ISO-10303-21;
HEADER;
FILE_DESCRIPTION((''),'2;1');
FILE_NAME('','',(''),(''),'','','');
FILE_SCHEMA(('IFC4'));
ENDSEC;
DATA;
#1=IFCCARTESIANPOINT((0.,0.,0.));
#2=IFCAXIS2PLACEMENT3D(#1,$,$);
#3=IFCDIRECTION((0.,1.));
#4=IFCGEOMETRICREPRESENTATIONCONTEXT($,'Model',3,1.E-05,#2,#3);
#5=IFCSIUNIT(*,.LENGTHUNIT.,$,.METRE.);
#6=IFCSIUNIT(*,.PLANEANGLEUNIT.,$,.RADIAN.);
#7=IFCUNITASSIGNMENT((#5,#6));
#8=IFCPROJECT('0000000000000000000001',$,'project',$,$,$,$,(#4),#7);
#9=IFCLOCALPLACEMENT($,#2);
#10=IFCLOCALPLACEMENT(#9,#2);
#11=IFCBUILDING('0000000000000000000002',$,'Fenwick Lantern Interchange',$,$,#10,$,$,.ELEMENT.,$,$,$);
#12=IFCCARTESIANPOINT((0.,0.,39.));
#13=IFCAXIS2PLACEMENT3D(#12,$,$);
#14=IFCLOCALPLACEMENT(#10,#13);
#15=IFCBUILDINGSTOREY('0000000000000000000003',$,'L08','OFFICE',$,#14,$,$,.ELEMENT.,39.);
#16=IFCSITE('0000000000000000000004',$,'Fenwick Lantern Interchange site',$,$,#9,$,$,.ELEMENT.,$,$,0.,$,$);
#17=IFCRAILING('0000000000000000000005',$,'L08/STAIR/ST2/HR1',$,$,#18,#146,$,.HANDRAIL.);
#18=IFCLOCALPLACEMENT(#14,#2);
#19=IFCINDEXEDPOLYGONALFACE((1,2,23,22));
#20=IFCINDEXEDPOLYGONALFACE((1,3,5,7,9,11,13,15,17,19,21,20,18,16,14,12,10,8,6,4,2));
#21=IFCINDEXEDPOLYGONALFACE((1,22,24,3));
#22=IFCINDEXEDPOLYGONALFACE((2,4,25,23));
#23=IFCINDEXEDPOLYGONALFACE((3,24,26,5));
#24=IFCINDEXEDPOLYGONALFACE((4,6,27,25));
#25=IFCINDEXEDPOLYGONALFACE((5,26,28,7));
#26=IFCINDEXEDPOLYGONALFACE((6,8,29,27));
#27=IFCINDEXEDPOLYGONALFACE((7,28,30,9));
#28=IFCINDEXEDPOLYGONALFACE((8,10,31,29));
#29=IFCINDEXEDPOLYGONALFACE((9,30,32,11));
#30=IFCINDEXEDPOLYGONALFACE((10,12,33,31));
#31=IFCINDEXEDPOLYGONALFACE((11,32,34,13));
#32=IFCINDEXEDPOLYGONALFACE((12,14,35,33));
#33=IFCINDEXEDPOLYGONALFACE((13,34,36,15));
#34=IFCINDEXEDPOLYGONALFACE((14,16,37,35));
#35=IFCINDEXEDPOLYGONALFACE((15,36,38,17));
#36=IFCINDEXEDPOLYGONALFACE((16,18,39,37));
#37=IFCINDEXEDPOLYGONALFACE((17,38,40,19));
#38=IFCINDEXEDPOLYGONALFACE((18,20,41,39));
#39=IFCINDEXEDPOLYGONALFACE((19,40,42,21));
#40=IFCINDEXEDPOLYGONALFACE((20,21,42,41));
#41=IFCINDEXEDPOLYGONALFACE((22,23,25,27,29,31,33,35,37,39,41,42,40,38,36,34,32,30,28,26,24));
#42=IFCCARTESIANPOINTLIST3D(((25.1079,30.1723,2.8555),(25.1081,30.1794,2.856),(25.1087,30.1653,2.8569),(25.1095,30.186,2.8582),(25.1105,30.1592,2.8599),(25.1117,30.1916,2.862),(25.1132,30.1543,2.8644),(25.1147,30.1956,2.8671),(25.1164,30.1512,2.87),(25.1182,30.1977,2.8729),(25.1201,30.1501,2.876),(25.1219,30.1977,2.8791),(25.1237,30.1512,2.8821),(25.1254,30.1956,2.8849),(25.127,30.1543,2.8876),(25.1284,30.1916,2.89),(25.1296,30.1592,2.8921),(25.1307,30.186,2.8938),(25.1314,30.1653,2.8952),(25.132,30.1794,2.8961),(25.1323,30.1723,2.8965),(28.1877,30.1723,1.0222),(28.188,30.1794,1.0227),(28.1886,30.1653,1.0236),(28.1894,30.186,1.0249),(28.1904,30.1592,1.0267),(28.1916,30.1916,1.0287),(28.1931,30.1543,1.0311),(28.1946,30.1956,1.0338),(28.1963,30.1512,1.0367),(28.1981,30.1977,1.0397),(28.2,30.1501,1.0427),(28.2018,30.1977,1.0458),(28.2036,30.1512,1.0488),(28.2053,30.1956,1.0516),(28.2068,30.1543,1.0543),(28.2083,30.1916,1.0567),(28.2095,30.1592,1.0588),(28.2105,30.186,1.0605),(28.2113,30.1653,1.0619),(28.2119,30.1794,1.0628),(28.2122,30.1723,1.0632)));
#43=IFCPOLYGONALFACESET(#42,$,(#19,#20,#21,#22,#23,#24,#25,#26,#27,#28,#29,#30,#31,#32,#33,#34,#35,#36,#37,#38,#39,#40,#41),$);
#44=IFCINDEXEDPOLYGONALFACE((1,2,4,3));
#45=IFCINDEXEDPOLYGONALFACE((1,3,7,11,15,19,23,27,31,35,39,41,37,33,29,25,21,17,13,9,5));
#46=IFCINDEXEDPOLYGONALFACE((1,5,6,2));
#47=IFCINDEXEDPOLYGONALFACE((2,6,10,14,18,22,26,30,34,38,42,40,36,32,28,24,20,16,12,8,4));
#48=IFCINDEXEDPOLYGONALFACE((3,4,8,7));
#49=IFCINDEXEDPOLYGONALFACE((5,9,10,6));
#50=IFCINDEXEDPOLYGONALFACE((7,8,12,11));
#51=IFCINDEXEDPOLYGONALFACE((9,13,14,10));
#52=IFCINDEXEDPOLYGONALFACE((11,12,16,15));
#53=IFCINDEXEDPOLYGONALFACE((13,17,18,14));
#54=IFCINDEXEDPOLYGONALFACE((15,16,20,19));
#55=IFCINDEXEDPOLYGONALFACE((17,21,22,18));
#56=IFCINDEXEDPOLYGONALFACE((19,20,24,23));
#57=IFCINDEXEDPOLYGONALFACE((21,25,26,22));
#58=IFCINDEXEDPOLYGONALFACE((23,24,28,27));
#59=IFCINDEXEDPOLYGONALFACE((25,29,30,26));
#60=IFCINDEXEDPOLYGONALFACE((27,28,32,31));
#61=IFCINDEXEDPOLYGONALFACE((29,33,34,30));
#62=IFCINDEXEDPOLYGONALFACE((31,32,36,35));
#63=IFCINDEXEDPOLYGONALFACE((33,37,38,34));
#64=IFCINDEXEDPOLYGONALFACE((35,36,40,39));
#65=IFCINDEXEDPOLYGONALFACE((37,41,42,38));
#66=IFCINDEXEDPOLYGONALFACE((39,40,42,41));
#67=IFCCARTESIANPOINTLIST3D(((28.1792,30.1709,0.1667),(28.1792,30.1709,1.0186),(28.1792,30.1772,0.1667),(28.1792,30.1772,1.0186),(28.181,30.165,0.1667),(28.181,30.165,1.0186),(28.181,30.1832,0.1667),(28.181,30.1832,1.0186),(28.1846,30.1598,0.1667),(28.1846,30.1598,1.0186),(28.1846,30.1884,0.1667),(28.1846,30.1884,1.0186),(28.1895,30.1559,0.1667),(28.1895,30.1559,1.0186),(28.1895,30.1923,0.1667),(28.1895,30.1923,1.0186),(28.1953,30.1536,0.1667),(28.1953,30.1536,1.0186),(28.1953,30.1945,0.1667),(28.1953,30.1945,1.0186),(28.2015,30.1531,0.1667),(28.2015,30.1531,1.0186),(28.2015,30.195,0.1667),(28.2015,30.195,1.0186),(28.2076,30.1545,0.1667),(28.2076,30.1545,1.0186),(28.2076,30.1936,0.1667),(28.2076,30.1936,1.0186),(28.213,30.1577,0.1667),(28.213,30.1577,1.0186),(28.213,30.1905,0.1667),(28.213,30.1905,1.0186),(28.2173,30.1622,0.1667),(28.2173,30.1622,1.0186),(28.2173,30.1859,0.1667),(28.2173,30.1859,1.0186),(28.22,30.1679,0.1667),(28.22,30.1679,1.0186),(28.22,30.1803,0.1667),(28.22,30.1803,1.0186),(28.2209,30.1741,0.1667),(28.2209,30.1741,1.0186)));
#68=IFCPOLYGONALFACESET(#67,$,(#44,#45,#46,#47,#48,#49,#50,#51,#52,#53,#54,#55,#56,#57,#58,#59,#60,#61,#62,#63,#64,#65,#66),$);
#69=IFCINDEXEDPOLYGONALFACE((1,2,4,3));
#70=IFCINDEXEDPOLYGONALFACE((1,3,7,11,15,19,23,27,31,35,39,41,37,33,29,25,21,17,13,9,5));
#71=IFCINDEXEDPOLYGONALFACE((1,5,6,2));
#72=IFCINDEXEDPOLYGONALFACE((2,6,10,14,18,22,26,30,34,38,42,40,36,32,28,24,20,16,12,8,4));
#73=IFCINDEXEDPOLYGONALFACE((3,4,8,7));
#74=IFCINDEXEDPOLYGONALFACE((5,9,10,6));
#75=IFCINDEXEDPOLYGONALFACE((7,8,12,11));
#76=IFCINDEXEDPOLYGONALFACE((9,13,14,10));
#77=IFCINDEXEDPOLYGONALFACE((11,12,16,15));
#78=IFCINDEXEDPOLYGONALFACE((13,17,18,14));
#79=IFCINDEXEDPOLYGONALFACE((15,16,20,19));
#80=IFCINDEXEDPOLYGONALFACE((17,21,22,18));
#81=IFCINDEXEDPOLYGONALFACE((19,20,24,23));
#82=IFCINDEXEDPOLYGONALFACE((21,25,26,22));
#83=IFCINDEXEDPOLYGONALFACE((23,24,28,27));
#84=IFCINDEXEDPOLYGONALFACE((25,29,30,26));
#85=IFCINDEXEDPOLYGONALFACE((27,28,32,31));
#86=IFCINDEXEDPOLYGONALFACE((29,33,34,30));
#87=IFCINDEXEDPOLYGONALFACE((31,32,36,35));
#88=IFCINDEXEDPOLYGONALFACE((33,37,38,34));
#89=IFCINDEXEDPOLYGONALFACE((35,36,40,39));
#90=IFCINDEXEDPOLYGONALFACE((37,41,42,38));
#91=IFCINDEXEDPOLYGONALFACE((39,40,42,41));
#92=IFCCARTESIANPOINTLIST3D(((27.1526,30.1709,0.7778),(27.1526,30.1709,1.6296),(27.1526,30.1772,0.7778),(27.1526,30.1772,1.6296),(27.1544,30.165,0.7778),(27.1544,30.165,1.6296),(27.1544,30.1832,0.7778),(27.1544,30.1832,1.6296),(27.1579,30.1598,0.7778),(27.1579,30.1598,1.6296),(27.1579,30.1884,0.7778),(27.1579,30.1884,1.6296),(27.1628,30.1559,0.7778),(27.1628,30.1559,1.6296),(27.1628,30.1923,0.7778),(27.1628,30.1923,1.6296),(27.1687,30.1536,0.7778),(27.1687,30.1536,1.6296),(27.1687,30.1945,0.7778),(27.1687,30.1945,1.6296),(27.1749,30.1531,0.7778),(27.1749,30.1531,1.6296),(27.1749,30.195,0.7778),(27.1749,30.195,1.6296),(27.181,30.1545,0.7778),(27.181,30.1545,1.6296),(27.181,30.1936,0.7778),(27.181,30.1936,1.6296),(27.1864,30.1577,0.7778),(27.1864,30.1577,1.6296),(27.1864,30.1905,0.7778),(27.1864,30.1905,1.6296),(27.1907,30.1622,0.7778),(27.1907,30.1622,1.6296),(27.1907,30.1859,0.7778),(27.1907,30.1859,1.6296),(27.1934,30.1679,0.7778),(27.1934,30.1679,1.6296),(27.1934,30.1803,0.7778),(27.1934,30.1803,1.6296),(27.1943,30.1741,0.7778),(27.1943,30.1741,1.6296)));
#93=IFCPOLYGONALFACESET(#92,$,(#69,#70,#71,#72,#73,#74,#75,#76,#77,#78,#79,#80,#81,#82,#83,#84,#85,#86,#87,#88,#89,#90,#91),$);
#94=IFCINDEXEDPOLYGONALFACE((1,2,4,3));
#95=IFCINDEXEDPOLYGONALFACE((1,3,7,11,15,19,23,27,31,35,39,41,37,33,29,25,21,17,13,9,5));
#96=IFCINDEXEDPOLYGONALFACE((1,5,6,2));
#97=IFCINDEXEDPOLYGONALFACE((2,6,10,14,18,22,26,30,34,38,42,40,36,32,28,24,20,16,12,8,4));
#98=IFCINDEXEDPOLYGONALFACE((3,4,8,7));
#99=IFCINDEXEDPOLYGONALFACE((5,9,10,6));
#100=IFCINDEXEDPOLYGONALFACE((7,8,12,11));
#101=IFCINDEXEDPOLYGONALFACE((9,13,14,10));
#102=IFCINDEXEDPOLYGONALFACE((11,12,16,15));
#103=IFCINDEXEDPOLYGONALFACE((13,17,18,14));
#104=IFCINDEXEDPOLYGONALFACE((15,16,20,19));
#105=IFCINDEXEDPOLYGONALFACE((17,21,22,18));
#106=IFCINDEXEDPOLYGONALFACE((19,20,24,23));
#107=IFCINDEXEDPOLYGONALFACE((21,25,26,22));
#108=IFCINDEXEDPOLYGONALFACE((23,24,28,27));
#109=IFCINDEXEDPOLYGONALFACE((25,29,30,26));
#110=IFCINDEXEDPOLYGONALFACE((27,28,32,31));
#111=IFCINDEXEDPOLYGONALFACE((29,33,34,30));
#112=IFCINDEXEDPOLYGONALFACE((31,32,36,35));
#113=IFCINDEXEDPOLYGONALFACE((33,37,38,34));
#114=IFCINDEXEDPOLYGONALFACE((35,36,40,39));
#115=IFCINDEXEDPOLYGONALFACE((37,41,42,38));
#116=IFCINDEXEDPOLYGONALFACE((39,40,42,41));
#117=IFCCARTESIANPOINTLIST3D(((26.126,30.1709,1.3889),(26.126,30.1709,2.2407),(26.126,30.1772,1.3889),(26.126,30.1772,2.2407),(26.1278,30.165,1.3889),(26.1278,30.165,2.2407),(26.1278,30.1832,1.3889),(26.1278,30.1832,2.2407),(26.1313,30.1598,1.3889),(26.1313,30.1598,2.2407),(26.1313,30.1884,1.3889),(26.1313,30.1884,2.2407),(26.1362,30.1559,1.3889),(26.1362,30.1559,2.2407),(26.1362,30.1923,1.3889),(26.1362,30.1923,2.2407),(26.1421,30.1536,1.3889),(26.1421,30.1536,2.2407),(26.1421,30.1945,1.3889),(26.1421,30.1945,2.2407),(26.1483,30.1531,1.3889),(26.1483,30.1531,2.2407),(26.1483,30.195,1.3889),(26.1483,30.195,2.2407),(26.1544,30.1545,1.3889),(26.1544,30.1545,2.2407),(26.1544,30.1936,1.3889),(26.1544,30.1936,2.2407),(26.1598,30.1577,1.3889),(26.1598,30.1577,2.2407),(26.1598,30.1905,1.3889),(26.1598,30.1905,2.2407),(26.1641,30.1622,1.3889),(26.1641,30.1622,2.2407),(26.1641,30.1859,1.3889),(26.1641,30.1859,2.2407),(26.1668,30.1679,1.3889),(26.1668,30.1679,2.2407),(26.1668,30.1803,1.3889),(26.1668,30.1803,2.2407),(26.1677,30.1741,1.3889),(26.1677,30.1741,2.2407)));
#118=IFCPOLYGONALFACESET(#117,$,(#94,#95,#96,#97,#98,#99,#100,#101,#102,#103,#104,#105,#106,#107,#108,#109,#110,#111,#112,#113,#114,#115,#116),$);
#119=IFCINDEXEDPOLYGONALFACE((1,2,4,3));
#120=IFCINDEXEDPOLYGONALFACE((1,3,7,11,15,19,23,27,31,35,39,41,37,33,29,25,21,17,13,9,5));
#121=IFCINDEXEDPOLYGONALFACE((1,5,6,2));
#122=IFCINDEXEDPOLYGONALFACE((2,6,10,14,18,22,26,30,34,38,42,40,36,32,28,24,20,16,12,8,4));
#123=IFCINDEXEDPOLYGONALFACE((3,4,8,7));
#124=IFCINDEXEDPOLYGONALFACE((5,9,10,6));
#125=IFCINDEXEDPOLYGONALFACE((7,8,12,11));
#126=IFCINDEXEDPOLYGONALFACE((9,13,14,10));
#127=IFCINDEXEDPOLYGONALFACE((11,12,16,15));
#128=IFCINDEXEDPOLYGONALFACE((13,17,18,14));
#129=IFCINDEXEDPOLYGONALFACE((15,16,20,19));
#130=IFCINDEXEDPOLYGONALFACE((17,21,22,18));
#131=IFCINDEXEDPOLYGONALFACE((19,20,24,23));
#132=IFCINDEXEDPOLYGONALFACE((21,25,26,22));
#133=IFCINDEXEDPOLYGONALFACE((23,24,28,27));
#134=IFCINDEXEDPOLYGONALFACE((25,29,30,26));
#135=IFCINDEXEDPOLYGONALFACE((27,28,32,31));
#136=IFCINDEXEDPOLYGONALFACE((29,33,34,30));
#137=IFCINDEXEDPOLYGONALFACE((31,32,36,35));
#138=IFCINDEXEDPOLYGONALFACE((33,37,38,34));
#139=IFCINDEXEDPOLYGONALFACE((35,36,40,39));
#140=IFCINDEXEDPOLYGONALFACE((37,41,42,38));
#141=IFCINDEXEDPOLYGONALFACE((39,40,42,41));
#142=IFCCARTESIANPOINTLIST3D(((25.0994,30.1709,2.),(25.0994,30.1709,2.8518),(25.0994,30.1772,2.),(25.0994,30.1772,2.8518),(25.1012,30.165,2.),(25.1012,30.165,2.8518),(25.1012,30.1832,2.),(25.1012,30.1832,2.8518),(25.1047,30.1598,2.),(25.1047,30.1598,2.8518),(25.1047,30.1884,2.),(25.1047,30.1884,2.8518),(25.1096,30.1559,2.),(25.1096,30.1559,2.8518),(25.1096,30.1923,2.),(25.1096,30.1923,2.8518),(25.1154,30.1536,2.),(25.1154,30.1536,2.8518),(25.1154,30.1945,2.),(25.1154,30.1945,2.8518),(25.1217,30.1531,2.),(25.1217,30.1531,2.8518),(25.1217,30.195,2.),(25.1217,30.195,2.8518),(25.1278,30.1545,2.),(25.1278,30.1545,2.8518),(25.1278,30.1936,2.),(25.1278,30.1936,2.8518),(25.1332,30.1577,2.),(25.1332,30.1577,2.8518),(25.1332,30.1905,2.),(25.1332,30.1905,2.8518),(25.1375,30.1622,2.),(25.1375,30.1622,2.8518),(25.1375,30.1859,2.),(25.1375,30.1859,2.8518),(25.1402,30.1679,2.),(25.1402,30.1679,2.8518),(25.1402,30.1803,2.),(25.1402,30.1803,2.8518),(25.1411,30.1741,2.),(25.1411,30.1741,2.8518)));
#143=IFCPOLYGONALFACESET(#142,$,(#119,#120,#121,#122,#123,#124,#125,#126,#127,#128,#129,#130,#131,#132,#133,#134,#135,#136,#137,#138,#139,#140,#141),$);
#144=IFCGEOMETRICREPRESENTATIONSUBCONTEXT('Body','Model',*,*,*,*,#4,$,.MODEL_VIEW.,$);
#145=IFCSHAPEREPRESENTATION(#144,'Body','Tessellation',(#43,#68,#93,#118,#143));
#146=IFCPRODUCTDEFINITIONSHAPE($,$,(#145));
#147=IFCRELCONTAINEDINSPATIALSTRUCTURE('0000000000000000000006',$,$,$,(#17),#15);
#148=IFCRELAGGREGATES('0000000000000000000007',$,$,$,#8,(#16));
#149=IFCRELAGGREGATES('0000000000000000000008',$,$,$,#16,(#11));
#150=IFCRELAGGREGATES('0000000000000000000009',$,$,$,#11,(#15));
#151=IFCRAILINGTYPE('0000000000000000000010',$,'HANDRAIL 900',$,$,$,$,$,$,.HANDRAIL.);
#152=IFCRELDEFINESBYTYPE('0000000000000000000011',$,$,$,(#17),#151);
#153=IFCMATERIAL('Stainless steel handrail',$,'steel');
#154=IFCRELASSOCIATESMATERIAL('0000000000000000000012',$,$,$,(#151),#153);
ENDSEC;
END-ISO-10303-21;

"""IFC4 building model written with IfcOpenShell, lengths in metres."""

from ifc_helpers import new_model, si_unit, direction, frame, origin, origin_2d, place, context, subcontext, project, spatial, circle, extrude, material, type_object, element, save


model = new_model("IFC4")

# Units and contexts
model_context = context("Model", 3, precision=1e-05, world=origin(), true_north=direction((0.0, 1.0)))
body_context = subcontext(model_context, "Body", "Model", "MODEL_VIEW")
ifc_project = project(units=[si_unit("LENGTHUNIT", "METRE"), si_unit("PLANEANGLEUNIT", "RADIAN")], contexts=[model_context])

# Site, building, storey
site_placement = place(None, origin())
site = spatial("IfcSite", under=ifc_project, at=site_placement, Name="Fenwick Lantern Interchange site", CompositionType="ELEMENT", RefElevation=0.0)
building_placement = place(site_placement, origin())
building = spatial("IfcBuilding", under=site, at=building_placement, Name="Fenwick Lantern Interchange", CompositionType="ELEMENT")
storey_placement = place(building_placement, frame((0.0, 0.0, 39.0)))
storey = spatial("IfcBuildingStorey", under=building, at=storey_placement, Name="L08", Description="OFFICE", CompositionType="ELEMENT", Elevation=39.0)

# Railing
ifc_material_1 = material(Name="Stainless steel handrail", Category="steel")
railing_type = type_object("IfcRailingType", Name="HANDRAIL 900", PredefinedType="HANDRAIL", material=ifc_material_1)
railing_1_placement = place(storey_placement, frame((28.2, 30.1741, 0.1667)))
element("IfcRailing", 1, at=railing_1_placement, inside=storey, type_object=railing_type, Name="L08/STAIR/ST2/HR1", PredefinedType="HANDRAIL", context=body_context, shape_type="SweptSolid", body=[
    extrude(circle(Radius=0.0239, at=origin_2d()), frame((0.0, 0.0, 0.876), z_axis=(-0.859291, 0.0, 0.511487), x_axis=(0.0, -1.0, 0.0)), (0.0, 0.0, 1.0), 3.5842),
    extrude(circle(Radius=0.021, at=origin_2d()), origin(), (0.0, 0.0, 1.0), 0.8518),
    extrude(circle(Radius=0.021, at=origin_2d()), frame((-1.0266, 0.0, 0.6111)), (0.0, 0.0, 1.0), 0.8518),
    extrude(circle(Radius=0.021, at=origin_2d()), frame((-2.0532, 0.0, 1.2222)), (0.0, 0.0, 1.0), 0.8518),
    extrude(circle(Radius=0.021, at=origin_2d()), frame((-3.0798, 0.0, 1.8333)), (0.0, 0.0, 1.0), 0.8518),
])

save(model, "model.ifc")
